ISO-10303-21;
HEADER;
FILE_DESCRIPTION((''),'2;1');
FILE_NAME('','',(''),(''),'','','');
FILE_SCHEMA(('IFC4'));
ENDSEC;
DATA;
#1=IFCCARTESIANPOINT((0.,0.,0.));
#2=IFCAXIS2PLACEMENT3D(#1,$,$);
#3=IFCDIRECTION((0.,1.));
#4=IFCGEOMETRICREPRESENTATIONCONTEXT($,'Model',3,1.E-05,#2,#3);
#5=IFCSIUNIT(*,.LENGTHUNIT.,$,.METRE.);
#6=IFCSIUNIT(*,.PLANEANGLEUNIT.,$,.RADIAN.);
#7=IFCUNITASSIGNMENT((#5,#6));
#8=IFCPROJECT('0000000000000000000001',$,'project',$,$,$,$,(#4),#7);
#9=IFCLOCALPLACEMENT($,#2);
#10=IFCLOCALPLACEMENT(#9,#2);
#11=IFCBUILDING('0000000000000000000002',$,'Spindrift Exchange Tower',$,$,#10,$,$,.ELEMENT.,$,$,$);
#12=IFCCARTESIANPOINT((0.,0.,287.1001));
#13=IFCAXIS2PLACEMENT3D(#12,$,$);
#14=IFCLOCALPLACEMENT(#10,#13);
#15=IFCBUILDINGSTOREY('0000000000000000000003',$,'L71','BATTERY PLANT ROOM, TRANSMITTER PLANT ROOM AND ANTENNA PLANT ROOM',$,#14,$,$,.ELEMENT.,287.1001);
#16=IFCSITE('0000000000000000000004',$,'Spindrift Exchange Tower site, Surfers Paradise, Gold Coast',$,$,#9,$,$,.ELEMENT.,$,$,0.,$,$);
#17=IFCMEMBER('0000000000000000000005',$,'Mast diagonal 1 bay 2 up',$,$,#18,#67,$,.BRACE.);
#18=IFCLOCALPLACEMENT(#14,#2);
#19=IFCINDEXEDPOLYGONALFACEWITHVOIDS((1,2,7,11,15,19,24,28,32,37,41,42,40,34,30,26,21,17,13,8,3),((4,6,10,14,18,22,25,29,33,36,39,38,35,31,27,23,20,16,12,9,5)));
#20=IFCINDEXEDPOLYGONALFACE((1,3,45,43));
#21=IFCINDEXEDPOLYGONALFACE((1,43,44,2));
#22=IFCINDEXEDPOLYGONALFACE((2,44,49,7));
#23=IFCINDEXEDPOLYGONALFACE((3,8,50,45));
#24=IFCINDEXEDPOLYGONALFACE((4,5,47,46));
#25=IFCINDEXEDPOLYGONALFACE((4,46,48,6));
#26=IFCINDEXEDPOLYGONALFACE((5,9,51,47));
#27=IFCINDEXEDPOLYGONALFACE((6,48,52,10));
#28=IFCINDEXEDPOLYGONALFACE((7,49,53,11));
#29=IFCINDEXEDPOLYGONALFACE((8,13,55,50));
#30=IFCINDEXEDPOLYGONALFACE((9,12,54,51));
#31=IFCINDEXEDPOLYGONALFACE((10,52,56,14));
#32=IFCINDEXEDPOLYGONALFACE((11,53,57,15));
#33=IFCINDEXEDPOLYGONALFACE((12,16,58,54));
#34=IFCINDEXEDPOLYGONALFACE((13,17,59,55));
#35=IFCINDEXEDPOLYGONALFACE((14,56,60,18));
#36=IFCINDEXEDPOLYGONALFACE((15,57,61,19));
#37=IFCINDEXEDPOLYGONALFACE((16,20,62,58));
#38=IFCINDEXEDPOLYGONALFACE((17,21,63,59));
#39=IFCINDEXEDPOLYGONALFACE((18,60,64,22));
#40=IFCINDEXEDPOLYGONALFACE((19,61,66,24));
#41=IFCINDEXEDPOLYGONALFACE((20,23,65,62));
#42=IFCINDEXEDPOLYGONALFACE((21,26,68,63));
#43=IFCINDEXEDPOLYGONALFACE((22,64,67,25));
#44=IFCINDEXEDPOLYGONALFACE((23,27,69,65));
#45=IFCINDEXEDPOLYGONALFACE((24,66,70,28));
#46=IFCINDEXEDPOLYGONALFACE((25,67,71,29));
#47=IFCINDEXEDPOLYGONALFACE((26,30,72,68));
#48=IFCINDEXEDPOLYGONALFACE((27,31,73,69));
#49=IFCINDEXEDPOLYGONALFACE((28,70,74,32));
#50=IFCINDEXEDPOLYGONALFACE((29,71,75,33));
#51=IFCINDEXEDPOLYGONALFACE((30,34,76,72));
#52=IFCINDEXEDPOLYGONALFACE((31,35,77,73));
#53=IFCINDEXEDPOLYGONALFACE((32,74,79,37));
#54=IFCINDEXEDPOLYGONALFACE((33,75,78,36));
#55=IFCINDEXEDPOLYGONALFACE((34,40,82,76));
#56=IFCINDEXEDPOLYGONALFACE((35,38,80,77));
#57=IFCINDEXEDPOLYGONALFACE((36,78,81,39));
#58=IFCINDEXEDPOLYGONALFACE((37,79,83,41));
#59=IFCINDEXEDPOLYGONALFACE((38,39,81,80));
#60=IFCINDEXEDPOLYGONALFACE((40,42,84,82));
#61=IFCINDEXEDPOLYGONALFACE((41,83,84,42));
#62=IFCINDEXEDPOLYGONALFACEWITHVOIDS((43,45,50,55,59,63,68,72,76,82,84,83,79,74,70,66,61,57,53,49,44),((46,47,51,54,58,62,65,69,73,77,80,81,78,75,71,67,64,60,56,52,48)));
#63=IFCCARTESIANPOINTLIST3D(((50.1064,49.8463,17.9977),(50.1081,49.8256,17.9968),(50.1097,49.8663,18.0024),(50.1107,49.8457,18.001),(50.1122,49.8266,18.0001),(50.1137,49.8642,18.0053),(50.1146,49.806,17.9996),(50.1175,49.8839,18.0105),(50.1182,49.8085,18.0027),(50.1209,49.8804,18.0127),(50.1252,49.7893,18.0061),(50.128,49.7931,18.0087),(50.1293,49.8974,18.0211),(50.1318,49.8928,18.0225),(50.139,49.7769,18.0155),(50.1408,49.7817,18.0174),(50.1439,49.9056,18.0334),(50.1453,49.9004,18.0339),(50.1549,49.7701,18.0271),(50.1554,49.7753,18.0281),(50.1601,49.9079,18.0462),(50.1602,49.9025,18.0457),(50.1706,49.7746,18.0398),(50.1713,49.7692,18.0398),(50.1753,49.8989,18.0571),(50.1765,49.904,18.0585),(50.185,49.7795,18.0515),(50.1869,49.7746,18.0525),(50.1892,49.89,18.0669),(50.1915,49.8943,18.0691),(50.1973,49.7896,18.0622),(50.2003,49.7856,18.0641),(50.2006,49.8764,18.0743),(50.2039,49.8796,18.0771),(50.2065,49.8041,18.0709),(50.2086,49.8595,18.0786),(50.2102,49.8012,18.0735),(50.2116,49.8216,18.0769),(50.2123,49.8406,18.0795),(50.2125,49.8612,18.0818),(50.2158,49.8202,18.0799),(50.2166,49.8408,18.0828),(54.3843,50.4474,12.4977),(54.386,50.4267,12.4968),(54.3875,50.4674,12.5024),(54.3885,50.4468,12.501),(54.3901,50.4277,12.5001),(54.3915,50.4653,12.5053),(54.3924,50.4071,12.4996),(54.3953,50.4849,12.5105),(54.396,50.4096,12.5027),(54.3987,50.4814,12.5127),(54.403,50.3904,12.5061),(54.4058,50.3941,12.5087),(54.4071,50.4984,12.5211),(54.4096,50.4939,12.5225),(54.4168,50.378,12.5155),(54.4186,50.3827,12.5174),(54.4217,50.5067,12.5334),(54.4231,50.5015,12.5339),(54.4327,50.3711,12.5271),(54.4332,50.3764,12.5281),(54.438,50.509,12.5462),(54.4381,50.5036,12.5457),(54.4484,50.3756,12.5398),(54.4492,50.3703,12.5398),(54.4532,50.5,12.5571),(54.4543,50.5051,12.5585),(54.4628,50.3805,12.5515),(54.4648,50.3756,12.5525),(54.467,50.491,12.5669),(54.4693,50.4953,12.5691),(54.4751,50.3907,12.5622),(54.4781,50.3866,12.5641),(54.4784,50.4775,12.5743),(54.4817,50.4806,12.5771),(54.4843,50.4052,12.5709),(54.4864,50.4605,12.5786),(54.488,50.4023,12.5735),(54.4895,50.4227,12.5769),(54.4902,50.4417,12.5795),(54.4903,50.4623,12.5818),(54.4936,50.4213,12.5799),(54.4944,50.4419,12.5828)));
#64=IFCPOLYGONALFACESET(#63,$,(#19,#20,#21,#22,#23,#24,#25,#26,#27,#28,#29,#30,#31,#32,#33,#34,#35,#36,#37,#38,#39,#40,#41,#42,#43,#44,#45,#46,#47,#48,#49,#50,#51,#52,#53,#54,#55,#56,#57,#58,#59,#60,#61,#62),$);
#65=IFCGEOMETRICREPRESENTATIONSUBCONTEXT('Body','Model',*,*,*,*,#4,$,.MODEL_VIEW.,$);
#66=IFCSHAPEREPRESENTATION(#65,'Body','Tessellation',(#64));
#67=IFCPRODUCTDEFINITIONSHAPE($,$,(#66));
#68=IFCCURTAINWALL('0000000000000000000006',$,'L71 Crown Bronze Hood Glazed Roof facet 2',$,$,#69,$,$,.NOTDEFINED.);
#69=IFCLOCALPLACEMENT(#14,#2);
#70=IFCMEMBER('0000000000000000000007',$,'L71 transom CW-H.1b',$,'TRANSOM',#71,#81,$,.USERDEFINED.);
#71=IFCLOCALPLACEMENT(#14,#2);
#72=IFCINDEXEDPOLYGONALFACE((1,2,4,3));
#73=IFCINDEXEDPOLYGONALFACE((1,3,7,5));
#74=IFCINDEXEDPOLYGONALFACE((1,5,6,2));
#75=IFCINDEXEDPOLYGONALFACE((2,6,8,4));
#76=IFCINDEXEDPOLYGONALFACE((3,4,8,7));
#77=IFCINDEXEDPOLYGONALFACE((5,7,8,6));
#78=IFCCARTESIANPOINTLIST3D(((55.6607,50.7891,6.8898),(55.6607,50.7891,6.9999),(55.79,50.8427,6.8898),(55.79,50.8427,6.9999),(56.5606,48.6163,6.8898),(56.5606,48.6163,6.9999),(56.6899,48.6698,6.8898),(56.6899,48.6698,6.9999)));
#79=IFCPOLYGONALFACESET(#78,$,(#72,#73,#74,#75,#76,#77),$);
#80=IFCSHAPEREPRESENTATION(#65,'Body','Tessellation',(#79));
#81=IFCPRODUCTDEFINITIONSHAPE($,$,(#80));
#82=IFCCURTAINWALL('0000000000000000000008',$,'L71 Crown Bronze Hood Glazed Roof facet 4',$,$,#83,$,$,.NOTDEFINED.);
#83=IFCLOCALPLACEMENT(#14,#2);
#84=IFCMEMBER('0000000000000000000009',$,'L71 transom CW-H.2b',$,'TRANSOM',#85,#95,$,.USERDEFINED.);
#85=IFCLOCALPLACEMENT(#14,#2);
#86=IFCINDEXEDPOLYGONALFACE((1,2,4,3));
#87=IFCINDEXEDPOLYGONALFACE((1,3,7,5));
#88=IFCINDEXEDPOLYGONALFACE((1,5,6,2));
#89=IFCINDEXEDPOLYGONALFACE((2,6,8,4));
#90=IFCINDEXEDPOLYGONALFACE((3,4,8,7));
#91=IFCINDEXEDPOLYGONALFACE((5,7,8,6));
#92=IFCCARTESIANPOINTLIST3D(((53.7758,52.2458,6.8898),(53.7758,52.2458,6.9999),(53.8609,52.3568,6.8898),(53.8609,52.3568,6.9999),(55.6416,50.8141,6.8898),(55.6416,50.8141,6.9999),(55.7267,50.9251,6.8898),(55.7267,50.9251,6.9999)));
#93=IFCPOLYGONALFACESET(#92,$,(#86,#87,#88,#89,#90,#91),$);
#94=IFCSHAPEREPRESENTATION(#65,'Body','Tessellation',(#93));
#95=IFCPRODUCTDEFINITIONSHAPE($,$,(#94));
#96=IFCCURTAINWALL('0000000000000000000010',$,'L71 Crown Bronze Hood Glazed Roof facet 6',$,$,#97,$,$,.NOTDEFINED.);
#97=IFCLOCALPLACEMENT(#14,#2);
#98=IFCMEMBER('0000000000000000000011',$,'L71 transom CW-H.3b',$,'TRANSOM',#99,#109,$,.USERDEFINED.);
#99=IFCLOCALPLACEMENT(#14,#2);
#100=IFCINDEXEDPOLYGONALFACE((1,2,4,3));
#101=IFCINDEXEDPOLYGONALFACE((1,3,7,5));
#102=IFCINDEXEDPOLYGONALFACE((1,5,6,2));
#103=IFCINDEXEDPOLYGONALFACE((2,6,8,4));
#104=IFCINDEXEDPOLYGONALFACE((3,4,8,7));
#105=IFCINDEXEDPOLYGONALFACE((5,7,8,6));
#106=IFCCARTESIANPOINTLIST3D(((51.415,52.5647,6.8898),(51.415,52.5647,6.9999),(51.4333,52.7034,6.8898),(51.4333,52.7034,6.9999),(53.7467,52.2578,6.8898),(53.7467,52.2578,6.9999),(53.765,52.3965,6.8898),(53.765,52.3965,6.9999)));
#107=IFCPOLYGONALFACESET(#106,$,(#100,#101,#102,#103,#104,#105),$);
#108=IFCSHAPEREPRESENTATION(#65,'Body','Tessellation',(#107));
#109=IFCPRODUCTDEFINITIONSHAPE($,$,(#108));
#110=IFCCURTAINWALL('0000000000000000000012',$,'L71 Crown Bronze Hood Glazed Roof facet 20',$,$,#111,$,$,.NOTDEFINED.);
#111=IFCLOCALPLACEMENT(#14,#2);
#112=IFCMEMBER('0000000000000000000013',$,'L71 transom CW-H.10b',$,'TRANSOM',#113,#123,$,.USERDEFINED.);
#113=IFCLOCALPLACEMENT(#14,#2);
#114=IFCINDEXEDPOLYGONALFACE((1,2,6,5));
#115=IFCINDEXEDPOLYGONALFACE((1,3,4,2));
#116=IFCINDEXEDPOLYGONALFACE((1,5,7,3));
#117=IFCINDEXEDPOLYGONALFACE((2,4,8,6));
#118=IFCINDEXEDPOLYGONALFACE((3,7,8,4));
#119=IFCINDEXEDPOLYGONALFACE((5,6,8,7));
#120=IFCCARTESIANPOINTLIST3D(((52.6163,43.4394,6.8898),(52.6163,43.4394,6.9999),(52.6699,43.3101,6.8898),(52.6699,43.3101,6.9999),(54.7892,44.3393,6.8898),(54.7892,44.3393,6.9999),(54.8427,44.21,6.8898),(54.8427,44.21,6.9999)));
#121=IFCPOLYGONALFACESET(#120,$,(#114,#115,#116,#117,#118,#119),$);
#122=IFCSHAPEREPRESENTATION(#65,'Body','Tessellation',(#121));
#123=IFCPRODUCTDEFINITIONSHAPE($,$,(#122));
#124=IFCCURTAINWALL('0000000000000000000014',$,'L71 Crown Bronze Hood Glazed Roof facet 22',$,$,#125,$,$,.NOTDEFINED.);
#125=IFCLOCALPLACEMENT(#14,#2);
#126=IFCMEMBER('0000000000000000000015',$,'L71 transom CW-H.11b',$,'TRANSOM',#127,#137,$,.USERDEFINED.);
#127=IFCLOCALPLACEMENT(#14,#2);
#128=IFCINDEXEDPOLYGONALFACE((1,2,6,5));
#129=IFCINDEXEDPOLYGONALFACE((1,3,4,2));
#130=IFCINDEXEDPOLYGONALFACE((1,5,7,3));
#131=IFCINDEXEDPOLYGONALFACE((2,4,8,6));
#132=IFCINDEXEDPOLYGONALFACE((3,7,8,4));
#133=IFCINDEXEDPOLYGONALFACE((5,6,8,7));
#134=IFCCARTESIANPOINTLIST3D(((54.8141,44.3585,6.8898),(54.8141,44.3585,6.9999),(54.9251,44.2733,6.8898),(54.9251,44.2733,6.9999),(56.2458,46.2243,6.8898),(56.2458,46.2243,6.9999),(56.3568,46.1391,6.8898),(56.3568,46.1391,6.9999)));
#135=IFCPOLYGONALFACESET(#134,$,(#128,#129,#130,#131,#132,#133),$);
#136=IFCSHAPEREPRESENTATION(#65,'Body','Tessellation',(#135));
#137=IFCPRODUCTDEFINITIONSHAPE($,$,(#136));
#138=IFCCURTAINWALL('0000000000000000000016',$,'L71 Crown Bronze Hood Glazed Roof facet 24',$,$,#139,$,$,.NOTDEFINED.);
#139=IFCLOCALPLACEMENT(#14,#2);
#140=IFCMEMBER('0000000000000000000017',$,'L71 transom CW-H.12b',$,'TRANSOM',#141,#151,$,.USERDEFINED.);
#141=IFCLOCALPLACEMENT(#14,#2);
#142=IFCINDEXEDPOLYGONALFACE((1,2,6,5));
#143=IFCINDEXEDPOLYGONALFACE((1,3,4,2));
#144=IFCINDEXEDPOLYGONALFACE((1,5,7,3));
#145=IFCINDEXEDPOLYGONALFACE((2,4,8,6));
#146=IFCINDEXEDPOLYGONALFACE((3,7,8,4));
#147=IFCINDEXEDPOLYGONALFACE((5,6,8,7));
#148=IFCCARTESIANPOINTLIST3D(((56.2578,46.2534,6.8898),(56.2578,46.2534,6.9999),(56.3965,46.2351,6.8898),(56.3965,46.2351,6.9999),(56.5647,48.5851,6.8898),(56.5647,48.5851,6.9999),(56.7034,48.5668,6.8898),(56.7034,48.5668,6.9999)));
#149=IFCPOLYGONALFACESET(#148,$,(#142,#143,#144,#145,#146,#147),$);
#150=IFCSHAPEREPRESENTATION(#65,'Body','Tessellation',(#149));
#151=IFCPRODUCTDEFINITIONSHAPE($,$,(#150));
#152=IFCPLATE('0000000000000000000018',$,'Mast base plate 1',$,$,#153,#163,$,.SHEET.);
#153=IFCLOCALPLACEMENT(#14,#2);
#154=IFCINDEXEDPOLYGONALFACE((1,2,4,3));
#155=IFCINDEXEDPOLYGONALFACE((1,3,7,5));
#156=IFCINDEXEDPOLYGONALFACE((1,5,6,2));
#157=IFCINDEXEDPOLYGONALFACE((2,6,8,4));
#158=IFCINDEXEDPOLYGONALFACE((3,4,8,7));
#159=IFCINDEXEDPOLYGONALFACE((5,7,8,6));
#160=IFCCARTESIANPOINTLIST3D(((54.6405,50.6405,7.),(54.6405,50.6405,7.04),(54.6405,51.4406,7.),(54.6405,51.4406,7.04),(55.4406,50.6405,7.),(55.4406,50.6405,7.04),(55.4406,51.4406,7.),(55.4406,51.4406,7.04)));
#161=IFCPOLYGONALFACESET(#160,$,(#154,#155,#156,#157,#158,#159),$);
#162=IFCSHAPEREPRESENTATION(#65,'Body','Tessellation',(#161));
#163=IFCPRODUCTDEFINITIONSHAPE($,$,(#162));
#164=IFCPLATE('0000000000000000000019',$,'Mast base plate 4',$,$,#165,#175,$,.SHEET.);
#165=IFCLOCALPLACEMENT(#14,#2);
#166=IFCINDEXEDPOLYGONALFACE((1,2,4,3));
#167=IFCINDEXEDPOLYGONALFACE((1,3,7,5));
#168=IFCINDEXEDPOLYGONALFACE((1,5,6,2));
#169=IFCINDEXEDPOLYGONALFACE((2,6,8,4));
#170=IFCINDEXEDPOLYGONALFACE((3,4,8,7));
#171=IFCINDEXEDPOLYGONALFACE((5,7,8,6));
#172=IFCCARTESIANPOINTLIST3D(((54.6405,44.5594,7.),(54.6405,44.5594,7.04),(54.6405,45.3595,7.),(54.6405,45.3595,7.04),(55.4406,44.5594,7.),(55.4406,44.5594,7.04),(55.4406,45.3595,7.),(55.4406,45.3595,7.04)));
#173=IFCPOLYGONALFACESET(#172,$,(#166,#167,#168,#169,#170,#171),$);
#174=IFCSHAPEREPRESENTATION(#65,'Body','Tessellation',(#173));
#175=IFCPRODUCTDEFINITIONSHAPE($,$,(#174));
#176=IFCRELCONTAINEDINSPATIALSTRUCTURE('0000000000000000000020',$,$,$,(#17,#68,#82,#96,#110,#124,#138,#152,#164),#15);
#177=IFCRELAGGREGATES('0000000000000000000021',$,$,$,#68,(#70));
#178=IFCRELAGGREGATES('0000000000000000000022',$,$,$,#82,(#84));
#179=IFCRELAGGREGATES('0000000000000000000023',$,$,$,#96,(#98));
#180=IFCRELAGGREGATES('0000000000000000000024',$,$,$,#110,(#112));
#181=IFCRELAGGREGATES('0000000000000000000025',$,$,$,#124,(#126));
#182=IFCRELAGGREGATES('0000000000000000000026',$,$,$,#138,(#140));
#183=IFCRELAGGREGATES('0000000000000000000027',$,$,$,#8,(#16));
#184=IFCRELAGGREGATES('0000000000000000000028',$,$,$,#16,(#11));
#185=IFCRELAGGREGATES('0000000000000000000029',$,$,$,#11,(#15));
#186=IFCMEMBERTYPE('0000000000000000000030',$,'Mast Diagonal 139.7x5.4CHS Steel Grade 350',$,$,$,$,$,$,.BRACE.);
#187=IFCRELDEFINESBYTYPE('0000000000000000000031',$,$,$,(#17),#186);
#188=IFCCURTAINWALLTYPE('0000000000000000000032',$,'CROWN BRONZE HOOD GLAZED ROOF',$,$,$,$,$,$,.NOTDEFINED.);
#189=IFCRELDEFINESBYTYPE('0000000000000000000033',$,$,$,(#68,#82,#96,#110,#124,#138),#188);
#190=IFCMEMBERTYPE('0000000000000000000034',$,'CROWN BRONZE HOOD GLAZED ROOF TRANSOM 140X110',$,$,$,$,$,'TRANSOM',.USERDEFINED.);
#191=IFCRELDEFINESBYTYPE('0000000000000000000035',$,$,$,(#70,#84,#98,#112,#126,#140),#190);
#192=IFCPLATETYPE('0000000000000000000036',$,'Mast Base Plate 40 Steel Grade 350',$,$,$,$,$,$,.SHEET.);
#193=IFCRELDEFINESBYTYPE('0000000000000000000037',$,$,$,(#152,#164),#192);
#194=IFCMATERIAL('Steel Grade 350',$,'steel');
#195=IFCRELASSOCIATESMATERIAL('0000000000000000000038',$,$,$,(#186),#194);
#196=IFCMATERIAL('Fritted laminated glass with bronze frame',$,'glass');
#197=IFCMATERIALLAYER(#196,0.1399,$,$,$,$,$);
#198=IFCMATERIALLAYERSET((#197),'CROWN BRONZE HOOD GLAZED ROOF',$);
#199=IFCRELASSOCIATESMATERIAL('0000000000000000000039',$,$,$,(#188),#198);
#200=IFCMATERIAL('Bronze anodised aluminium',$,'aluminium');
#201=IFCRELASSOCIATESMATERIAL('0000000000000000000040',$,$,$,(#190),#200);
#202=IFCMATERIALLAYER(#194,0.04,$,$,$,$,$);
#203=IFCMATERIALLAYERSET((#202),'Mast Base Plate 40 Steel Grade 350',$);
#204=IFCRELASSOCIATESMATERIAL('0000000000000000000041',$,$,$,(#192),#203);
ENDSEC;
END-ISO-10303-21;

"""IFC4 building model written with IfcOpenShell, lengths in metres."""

from ifc_helpers import new_model, si_unit, direction, frame, origin, origin_2d, place, context, subcontext, project, spatial, rectangle, hollow_circle, extrude, source, transform, mapped, material, layer, layer_set, material_profile, profile_set, type_object, element, aggregate, save


model = new_model("IFC4")

# Units and contexts
model_context = context("Model", 3, precision=1e-05, world=origin(), true_north=direction((0.0, 1.0)))
body_context = subcontext(model_context, "Body", "Model", "MODEL_VIEW")
ifc_project = project(units=[si_unit("LENGTHUNIT", "METRE"), si_unit("PLANEANGLEUNIT", "RADIAN")], contexts=[model_context])

# Site, building, storey
site_placement = place(None, origin())
site = spatial("IfcSite", under=ifc_project, at=site_placement, Name="Spindrift Exchange Tower site, Surfers Paradise, Gold Coast", CompositionType="ELEMENT", RefElevation=0.0)
building_placement = place(site_placement, origin())
building = spatial("IfcBuilding", under=site, at=building_placement, Name="Spindrift Exchange Tower", CompositionType="ELEMENT")
storey_placement = place(building_placement, frame((0.0, 0.0, 287.1001)))
storey = spatial("IfcBuildingStorey", under=building, at=storey_placement, Name="L71", Description="BATTERY PLANT ROOM, TRANSMITTER PLANT ROOM AND ANTENNA PLANT ROOM", CompositionType="ELEMENT", Elevation=287.1001)

# Member
ifc_material_1 = material(Name="Steel Grade 350", Category="steel")
ifc_material_profile_1 = material_profile(ifc_material_1, hollow_circle(Radius=0.0698, WallThickness=0.0054, at=origin_2d()), Name="139.7x5.4CHS")
ifc_profile_set_1 = profile_set([ifc_material_profile_1], Name="Steel Grade 350")
member_type_1 = type_object("IfcMemberType", Name="Mast Diagonal 139.7x5.4CHS Steel Grade 350", PredefinedType="BRACE", material=ifc_profile_set_1)
shared_shape_1 = source(origin(), body_context, "Body", "SweptSolid", [
    extrude(hollow_circle(Radius=0.0698, WallThickness=0.0054, at=origin_2d()), origin(), (0.0, 0.0, 1.0), 6.9937),
])
member_1_placement = place(storey_placement, frame((54.4395, 50.4395, 12.5398), z_axis=(-0.611674, -0.085946, 0.786428), x_axis=(0.139142, -0.990272, 0.0)))
element("IfcMember", 1, at=member_1_placement, inside=storey, type_object=member_type_1, Name="Mast diagonal 1 bay 2 up", PredefinedType="BRACE", context=body_context, shape_type="MappedRepresentation", body=[
    mapped(shared_shape_1, transform((0.0, 0.0, 0.0), scale=1.0)),
])

# Curtain walls, members
ifc_material_2 = material(Name="Fritted laminated glass with bronze frame", Category="glass")
ifc_layer_1 = layer(ifc_material_2, 0.1399)
ifc_layer_set_1 = layer_set([ifc_layer_1], Name="CROWN BRONZE HOOD GLAZED ROOF")
curtain_wall_type = type_object("IfcCurtainWallType", Name="CROWN BRONZE HOOD GLAZED ROOF", PredefinedType="NOTDEFINED", material=ifc_layer_set_1)
curtain_wall_1_placement = place(storey_placement, origin())
curtain_wall_1 = element("IfcCurtainWall", 2, at=curtain_wall_1_placement, inside=storey, type_object=curtain_wall_type, Name="L71 Crown Bronze Hood Glazed Roof facet 2", PredefinedType="NOTDEFINED")
ifc_material_3 = material(Name="Bronze anodised aluminium", Category="aluminium")
ifc_material_profile_2 = material_profile(ifc_material_3, rectangle(XDim=0.1399, YDim=0.1101, at=origin_2d()), Name="CROWN BRONZE HOOD GLAZED ROOF TRANSOM 140X110")
ifc_profile_set_2 = profile_set([ifc_material_profile_2], Name="Bronze anodised aluminium")
member_type_2 = type_object("IfcMemberType", Name="CROWN BRONZE HOOD GLAZED ROOF TRANSOM 140X110", ElementType="TRANSOM", PredefinedType="USERDEFINED", material=ifc_profile_set_2)
shared_shape_2 = source(origin(), body_context, "Body", "SweptSolid", [
    extrude(rectangle(XDim=0.1399, YDim=0.1101, at=origin_2d()), origin(), (0.0, 0.0, 1.0), 2.3518),
])
member_2_placement = place(storey_placement, frame((56.6252, 48.6431, 6.9448), z_axis=(-0.382639, 0.923898, 0.0), x_axis=(-0.923898, -0.382639, 0.0)))
member_2 = element("IfcMember", 3, at=member_2_placement, type_object=member_type_2, Name="L71 transom CW-H.1b", ObjectType="TRANSOM", PredefinedType="USERDEFINED", context=body_context, shape_type="MappedRepresentation", body=[
    mapped(shared_shape_2, transform((0.0, 0.0, 0.0), scale=1.0)),
])
aggregate(curtain_wall_1, [member_2])
curtain_wall_2_placement = place(storey_placement, origin())
curtain_wall_2 = element("IfcCurtainWall", 4, at=curtain_wall_2_placement, inside=storey, type_object=curtain_wall_type, Name="L71 Crown Bronze Hood Glazed Roof facet 4", PredefinedType="NOTDEFINED")
member_3_placement = place(storey_placement, frame((53.8184, 52.3013, 6.9448), z_axis=(0.793349, -0.608767, 0.0), x_axis=(0.608767, 0.793349, 0.0)))
member_3 = element("IfcMember", 5, at=member_3_placement, type_object=member_type_2, Name="L71 transom CW-H.2b", ObjectType="TRANSOM", PredefinedType="USERDEFINED", context=body_context, shape_type="MappedRepresentation", body=[
    mapped(shared_shape_2, transform((0.0, 0.0, 0.0), scale=1.0)),
])
aggregate(curtain_wall_2, [member_3])
curtain_wall_3_placement = place(storey_placement, origin())
curtain_wall_3 = element("IfcCurtainWall", 6, at=curtain_wall_3_placement, inside=storey, type_object=curtain_wall_type, Name="L71 Crown Bronze Hood Glazed Roof facet 6", PredefinedType="NOTDEFINED")
member_4_placement = place(storey_placement, frame((53.7559, 52.3271, 6.9448), z_axis=(-0.99145, 0.130484, 0.0), x_axis=(-0.130484, -0.99145, 0.0)))
member_4 = element("IfcMember", 7, at=member_4_placement, type_object=member_type_2, Name="L71 transom CW-H.3b", ObjectType="TRANSOM", PredefinedType="USERDEFINED", context=body_context, shape_type="MappedRepresentation", body=[
    mapped(shared_shape_2, transform((0.0, 0.0, 0.0), scale=1.0)),
])
aggregate(curtain_wall_3, [member_4])
curtain_wall_4_placement = place(storey_placement, origin())
curtain_wall_4 = element("IfcCurtainWall", 8, at=curtain_wall_4_placement, inside=storey, type_object=curtain_wall_type, Name="L71 Crown Bronze Hood Glazed Roof facet 20", PredefinedType="NOTDEFINED")
member_5_placement = place(storey_placement, frame((54.8159, 44.2747, 6.9448), z_axis=(-0.923898, -0.382639, 0.0), x_axis=(0.382639, -0.923898, 0.0)))
member_5 = element("IfcMember", 9, at=member_5_placement, type_object=member_type_2, Name="L71 transom CW-H.10b", ObjectType="TRANSOM", PredefinedType="USERDEFINED", context=body_context, shape_type="MappedRepresentation", body=[
    mapped(shared_shape_2, transform((0.0, 0.0, 0.0), scale=1.0)),
])
aggregate(curtain_wall_4, [member_5])
curtain_wall_5_placement = place(storey_placement, origin())
curtain_wall_5 = element("IfcCurtainWall", 10, at=curtain_wall_5_placement, inside=storey, type_object=curtain_wall_type, Name="L71 Crown Bronze Hood Glazed Roof facet 22", PredefinedType="NOTDEFINED")
member_6_placement = place(storey_placement, frame((54.8696, 44.3159, 6.9448), z_axis=(0.608767, 0.793349, 0.0), x_axis=(-0.793349, 0.608767, 0.0)))
member_6 = element("IfcMember", 11, at=member_6_placement, type_object=member_type_2, Name="L71 transom CW-H.11b", ObjectType="TRANSOM", PredefinedType="USERDEFINED", context=body_context, shape_type="MappedRepresentation", body=[
    mapped(shared_shape_2, transform((0.0, 0.0, 0.0), scale=1.0)),
])
aggregate(curtain_wall_5, [member_6])
curtain_wall_6_placement = place(storey_placement, origin())
curtain_wall_6 = element("IfcCurtainWall", 12, at=curtain_wall_6_placement, inside=storey, type_object=curtain_wall_type, Name="L71 Crown Bronze Hood Glazed Roof facet 24", PredefinedType="NOTDEFINED")
member_7_placement = place(storey_placement, frame((56.634, 48.5759, 6.9448), z_axis=(-0.130484, -0.99145, 0.0), x_axis=(0.99145, -0.130484, 0.0)))
member_7 = element("IfcMember", 13, at=member_7_placement, type_object=member_type_2, Name="L71 transom CW-H.12b", ObjectType="TRANSOM", PredefinedType="USERDEFINED", context=body_context, shape_type="MappedRepresentation", body=[
    mapped(shared_shape_2, transform((0.0, 0.0, 0.0), scale=1.0)),
])
aggregate(curtain_wall_6, [member_7])

# Plates
ifc_layer_2 = layer(ifc_material_1, 0.04)
ifc_layer_set_2 = layer_set([ifc_layer_2], Name="Mast Base Plate 40 Steel Grade 350")
plate_type = type_object("IfcPlateType", Name="Mast Base Plate 40 Steel Grade 350", PredefinedType="SHEET", material=ifc_layer_set_2)
shared_shape_3 = source(origin(), body_context, "Body", "SweptSolid", [
    extrude(rectangle(XDim=0.8, YDim=0.8, at=origin_2d()), origin(), (0.0, 0.0, 1.0), 0.04),
])
for number, where, z_axis, x_axis, name in (
    (14, (55.0405, 51.0405, 7.0), (0.0, 0.0, 1.0), (1.0, 0.0, 0.0), "Mast base plate 1"),
    (15, (55.0405, 44.9595, 7.0), (0.0, 0.0, 1.0), (1.0, 0.0, 0.0), "Mast base plate 4"),
):
    element("IfcPlate", number, at=place(storey_placement, frame(where, z_axis=z_axis, x_axis=x_axis)), inside=storey, type_object=plate_type, Name=name, PredefinedType="SHEET", context=body_context, shape_type="MappedRepresentation", body=[
        mapped(shared_shape_3, transform((0.0, 0.0, 0.0), scale=1.0)),
    ])

save(model, "model.ifc")
